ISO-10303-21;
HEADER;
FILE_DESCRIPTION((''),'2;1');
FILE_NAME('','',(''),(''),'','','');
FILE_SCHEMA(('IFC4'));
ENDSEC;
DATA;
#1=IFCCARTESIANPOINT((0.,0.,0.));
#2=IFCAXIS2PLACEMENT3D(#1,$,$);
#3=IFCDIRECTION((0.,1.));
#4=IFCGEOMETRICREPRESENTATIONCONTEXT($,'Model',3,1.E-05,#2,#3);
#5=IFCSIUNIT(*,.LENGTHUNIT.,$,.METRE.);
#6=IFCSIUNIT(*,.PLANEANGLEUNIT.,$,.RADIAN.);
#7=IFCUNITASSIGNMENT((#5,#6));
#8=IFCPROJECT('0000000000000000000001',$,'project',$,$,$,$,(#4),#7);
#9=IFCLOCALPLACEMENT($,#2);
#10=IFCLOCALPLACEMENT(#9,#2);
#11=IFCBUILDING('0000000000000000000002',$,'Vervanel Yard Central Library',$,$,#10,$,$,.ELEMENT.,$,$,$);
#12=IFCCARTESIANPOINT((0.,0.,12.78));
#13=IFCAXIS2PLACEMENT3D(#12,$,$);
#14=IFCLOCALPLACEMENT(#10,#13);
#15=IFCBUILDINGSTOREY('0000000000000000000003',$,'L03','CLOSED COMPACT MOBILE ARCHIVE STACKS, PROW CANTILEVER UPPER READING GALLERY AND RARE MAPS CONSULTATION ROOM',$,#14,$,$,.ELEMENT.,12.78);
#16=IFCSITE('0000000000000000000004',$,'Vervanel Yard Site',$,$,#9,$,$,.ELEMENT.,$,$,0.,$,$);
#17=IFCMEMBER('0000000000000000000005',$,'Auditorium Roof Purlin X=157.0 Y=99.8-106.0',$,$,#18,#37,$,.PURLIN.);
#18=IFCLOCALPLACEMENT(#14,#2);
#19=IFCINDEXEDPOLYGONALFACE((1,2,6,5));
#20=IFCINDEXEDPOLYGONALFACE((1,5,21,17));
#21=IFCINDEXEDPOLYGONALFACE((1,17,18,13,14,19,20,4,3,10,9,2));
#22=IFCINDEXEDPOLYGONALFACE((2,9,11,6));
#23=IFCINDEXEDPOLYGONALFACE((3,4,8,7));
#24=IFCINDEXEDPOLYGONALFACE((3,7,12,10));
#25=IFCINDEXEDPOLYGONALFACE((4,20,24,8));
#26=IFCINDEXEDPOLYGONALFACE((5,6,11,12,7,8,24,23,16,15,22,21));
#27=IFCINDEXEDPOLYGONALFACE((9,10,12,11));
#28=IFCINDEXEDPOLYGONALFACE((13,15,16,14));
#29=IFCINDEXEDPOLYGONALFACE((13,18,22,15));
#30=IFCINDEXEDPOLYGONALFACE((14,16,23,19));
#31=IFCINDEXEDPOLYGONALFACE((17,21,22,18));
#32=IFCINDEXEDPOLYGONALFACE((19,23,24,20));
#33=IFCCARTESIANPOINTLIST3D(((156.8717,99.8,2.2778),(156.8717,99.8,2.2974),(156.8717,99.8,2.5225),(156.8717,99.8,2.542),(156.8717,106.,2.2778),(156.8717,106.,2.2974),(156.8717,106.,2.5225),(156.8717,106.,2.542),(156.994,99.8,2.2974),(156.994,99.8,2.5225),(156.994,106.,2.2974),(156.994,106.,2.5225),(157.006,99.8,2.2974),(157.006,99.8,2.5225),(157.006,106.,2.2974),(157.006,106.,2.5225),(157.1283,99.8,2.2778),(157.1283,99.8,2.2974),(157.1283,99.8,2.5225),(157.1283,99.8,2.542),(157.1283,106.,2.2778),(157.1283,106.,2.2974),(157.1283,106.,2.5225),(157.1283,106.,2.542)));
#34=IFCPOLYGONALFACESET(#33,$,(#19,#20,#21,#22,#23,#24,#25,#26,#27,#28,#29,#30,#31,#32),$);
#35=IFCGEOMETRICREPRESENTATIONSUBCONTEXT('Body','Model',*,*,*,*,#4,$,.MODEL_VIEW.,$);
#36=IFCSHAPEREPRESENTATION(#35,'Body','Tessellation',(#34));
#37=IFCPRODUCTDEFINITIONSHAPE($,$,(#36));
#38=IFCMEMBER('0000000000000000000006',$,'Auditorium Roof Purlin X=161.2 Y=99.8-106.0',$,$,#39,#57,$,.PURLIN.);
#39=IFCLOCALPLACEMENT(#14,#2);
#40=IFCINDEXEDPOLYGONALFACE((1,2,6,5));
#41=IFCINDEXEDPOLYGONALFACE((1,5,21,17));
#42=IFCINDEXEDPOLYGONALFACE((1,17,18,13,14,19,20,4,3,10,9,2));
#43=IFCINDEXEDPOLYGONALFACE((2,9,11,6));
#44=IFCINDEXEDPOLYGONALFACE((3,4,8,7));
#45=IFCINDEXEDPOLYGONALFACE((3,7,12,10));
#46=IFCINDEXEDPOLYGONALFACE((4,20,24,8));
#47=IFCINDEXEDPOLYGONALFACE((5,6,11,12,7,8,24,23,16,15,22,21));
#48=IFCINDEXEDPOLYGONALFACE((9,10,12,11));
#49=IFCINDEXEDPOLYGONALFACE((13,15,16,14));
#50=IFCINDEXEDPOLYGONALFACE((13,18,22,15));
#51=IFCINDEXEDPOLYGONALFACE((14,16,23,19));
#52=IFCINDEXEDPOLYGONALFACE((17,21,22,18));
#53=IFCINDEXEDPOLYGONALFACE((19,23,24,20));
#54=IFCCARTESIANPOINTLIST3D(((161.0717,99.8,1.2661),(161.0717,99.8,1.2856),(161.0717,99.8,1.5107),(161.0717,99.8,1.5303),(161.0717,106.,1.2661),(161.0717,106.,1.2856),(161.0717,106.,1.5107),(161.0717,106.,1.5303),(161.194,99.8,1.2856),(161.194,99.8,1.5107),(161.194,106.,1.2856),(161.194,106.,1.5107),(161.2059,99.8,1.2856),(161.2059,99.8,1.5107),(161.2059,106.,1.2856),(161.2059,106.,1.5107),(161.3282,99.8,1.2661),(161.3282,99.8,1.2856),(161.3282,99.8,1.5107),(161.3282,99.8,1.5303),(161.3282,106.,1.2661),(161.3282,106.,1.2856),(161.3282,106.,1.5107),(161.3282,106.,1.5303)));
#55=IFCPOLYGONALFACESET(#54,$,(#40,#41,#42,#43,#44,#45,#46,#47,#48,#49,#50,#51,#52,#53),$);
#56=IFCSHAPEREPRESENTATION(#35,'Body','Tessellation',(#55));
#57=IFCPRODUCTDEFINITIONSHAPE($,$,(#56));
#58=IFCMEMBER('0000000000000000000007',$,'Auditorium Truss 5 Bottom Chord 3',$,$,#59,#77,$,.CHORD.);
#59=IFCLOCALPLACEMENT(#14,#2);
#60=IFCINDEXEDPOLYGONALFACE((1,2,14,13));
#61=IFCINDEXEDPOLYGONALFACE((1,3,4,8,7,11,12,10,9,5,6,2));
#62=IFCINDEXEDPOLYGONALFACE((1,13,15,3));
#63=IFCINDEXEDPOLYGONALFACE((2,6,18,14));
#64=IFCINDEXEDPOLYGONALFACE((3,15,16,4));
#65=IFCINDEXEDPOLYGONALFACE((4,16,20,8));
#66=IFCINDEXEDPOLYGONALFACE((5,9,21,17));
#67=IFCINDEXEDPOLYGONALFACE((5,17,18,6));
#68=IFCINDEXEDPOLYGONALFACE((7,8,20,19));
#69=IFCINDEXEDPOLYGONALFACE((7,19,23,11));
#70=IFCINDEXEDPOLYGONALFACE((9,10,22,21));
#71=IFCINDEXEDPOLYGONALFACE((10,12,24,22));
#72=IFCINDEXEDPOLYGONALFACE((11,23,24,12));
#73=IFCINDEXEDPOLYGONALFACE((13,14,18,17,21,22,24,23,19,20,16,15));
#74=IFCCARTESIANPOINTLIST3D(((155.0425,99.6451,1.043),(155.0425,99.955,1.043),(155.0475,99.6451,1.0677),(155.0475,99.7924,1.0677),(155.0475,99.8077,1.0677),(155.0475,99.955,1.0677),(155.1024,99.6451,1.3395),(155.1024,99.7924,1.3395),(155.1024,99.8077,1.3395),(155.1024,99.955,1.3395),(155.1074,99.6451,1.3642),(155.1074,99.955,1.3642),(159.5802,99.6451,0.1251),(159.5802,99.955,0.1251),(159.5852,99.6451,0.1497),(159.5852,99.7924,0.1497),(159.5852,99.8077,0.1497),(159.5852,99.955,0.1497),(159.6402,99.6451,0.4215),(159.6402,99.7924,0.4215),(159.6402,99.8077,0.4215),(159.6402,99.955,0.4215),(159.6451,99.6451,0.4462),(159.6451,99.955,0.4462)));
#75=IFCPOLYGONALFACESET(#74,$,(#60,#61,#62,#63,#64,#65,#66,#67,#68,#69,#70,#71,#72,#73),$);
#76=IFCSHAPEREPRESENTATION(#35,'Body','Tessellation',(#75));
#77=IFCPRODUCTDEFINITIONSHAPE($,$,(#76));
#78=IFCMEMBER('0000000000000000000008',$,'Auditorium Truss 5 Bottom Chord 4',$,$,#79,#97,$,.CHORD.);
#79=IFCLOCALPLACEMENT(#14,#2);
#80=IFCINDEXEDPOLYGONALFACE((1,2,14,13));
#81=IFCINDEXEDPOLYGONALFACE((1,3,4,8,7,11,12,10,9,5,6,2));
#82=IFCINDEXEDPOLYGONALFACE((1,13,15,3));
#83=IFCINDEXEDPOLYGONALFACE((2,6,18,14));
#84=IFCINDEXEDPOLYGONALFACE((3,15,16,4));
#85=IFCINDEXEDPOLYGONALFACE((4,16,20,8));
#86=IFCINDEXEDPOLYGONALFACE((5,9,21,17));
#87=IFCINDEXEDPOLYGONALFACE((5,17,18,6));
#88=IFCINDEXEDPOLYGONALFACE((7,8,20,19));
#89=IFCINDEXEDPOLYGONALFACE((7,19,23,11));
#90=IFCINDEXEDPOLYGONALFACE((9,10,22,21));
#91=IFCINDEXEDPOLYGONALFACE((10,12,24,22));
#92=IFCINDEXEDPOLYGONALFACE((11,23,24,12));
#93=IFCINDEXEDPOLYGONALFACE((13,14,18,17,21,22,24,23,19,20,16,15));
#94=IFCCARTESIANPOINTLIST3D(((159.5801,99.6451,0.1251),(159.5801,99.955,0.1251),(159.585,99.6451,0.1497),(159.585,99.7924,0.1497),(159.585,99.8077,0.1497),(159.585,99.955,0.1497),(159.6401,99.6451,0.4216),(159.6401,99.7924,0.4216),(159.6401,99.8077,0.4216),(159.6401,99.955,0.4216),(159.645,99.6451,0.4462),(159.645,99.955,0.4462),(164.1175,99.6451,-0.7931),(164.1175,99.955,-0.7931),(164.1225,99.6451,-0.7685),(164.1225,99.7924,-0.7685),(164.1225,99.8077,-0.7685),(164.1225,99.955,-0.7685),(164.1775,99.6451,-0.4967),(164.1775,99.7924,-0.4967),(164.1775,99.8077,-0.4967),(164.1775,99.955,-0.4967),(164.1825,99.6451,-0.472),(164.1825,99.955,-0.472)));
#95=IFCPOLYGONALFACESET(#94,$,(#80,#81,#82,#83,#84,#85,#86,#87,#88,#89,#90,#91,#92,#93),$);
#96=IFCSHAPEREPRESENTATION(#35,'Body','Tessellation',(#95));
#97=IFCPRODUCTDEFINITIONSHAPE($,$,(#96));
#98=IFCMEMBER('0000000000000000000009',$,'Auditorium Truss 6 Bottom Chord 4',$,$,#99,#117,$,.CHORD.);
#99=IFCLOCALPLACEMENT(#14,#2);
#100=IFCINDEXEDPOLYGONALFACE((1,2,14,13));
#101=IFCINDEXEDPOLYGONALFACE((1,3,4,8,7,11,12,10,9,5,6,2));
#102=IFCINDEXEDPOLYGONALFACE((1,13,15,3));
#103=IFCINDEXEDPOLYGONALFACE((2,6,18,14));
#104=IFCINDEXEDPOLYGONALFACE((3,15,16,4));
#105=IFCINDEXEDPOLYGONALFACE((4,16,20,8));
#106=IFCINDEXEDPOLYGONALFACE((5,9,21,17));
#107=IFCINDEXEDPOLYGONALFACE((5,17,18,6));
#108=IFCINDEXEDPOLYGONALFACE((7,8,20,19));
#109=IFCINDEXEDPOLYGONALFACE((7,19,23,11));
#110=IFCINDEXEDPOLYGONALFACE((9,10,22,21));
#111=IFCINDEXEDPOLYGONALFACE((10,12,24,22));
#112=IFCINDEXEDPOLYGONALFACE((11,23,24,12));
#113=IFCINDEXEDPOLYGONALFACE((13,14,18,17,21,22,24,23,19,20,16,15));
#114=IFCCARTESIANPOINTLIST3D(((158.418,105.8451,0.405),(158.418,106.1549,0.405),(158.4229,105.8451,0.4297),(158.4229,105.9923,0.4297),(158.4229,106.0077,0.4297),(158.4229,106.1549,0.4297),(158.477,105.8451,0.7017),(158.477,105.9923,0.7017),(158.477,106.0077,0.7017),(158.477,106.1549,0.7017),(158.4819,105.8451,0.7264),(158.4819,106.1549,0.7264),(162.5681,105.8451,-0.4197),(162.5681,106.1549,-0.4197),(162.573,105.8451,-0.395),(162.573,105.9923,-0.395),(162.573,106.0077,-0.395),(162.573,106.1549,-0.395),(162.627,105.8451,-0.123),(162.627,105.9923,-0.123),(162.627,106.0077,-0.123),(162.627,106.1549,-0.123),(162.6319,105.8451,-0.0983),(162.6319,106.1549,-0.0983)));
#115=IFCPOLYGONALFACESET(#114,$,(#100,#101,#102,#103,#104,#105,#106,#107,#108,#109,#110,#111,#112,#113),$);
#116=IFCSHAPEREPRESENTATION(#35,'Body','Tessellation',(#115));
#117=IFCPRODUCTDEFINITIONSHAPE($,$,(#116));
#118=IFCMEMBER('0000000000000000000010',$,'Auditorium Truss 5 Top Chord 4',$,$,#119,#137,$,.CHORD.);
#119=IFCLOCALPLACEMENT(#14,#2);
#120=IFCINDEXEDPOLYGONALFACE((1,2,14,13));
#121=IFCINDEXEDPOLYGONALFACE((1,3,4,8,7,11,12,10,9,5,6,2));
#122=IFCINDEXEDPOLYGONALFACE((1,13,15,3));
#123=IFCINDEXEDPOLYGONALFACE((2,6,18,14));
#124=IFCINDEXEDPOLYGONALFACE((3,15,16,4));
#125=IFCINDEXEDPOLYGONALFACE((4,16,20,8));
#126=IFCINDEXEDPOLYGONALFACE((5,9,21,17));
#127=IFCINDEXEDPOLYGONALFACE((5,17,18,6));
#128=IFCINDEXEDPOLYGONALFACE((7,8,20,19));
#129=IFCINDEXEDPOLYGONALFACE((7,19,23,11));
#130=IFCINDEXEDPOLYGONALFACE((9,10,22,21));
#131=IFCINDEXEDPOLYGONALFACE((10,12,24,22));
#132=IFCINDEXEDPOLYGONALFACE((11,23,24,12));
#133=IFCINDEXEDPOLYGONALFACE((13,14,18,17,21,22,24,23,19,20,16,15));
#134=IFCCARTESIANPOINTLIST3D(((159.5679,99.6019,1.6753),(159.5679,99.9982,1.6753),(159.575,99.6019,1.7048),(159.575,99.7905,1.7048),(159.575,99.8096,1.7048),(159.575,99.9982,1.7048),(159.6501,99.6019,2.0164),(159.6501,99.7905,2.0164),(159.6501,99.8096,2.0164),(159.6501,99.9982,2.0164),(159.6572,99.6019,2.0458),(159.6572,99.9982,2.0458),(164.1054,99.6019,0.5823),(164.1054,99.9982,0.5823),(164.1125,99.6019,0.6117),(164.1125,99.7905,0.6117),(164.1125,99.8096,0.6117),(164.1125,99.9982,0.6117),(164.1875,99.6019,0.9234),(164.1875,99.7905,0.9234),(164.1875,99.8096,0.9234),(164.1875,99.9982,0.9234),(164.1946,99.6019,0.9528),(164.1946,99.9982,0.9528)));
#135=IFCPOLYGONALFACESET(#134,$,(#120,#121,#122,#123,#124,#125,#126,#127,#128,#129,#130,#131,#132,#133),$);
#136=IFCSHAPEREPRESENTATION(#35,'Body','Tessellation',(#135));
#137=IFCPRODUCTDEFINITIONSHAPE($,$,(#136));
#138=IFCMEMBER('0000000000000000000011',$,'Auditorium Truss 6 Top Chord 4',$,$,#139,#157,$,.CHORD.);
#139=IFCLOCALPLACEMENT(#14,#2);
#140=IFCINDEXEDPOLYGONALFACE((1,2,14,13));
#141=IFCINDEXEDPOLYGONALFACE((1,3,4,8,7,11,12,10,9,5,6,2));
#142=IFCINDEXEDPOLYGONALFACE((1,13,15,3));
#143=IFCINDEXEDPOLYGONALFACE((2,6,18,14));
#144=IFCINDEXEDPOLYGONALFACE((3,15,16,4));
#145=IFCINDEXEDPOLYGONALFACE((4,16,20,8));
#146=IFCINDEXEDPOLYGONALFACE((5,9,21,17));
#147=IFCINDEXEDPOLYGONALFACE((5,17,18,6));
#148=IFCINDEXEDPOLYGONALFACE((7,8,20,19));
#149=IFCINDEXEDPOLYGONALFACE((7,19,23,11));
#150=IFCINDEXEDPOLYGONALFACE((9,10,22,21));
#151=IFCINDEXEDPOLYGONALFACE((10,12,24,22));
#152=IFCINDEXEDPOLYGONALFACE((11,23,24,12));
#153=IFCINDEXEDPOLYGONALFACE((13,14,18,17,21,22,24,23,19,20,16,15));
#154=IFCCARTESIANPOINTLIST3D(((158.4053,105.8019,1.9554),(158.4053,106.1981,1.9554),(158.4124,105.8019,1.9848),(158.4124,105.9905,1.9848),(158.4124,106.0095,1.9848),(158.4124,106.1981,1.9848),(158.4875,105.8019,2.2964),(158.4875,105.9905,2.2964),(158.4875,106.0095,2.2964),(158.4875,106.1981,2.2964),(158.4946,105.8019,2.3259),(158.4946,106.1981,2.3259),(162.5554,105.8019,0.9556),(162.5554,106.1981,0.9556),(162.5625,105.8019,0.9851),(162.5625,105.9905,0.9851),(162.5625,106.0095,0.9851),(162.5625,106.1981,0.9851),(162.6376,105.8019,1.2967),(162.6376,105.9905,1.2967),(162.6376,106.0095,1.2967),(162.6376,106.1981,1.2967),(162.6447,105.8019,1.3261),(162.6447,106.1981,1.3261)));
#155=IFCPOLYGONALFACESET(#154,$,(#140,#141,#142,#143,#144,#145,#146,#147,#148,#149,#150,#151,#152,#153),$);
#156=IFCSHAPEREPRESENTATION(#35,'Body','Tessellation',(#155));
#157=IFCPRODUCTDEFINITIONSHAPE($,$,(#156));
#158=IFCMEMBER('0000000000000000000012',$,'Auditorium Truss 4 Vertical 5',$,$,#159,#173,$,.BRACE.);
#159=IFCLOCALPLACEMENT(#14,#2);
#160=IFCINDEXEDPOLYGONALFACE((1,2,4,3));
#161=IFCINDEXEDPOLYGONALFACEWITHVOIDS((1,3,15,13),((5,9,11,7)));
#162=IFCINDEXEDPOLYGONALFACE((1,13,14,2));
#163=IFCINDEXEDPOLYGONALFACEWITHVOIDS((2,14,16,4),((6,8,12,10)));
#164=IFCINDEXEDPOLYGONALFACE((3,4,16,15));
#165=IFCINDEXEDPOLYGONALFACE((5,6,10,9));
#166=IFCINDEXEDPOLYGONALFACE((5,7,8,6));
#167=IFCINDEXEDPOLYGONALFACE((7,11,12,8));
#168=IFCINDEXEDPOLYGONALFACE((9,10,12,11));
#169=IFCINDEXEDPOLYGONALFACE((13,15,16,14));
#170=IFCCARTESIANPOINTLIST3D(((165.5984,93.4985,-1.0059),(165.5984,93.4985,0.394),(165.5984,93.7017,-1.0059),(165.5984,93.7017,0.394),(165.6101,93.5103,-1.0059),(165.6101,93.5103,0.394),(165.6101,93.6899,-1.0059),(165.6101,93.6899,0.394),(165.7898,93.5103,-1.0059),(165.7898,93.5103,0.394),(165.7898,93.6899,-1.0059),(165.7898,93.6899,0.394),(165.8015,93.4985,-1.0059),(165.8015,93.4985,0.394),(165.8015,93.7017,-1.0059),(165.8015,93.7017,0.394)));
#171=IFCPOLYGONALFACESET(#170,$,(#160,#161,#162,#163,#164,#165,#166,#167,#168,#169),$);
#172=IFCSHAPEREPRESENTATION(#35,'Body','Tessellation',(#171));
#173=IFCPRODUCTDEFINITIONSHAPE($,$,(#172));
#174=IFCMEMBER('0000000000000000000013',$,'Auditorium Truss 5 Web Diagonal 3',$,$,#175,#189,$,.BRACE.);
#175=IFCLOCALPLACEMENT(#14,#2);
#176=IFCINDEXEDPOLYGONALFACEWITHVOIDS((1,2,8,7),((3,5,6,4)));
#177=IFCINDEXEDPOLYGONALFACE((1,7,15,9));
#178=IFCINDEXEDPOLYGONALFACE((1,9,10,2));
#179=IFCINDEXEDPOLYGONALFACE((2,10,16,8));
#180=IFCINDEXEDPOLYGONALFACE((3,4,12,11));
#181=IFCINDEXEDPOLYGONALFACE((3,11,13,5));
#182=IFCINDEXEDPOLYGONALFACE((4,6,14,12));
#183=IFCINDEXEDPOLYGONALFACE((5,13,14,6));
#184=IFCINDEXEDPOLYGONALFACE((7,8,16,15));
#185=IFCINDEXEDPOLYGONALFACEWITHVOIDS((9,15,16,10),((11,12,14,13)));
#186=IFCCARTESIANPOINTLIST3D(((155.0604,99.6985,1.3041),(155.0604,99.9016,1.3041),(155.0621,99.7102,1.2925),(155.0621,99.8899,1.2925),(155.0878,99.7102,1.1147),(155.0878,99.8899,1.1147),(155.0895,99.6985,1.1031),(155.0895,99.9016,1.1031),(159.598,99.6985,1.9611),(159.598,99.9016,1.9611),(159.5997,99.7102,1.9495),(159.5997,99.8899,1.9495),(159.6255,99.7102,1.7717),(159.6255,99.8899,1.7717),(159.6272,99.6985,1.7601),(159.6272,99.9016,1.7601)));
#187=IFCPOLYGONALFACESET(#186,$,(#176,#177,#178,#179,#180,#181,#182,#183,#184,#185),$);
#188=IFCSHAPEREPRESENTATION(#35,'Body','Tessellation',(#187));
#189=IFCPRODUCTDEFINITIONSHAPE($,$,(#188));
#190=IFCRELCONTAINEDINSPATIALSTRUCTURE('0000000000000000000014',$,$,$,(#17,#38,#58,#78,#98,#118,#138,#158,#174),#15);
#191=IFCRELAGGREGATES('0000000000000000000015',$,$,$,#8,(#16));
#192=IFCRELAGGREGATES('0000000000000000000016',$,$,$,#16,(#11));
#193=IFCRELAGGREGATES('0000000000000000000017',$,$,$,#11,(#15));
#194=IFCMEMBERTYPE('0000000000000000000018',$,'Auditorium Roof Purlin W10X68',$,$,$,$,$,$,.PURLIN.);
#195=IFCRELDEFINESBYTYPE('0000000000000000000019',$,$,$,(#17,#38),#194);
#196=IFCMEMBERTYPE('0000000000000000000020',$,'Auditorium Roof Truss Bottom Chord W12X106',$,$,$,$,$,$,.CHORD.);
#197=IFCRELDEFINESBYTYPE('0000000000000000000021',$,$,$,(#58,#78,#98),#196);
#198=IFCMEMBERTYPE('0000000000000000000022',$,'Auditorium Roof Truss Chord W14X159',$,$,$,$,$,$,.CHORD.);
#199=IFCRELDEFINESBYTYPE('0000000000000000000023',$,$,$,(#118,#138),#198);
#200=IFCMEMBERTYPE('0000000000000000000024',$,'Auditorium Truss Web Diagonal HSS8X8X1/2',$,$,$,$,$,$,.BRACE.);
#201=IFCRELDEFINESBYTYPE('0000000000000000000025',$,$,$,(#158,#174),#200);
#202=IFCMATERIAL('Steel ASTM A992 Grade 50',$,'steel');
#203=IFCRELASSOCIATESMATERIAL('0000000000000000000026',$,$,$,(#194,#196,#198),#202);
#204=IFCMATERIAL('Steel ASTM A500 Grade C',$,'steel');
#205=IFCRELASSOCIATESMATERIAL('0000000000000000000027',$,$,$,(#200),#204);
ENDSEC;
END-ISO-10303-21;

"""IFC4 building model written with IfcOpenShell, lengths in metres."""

from ifc_helpers import new_model, si_unit, direction, frame, origin, origin_2d, place, context, subcontext, project, spatial, hollow_rectangle, i_section, extrude, material, material_profile, profile_set, type_object, element, save


model = new_model("IFC4")

# Units and contexts
model_context = context("Model", 3, precision=1e-05, world=origin(), true_north=direction((0.0, 1.0)))
body_context = subcontext(model_context, "Body", "Model", "MODEL_VIEW")
ifc_project = project(units=[si_unit("LENGTHUNIT", "METRE"), si_unit("PLANEANGLEUNIT", "RADIAN")], contexts=[model_context])

# Site, building, storey
site_placement = place(None, origin())
site = spatial("IfcSite", under=ifc_project, at=site_placement, Name="Vervanel Yard Site", CompositionType="ELEMENT", RefElevation=0.0)
building_placement = place(site_placement, origin())
building = spatial("IfcBuilding", under=site, at=building_placement, Name="Vervanel Yard Central Library", CompositionType="ELEMENT")
storey_placement = place(building_placement, frame((0.0, 0.0, 12.78)))
storey = spatial("IfcBuildingStorey", under=building, at=storey_placement, Name="L03", Description="CLOSED COMPACT MOBILE ARCHIVE STACKS, PROW CANTILEVER UPPER READING GALLERY AND RARE MAPS CONSULTATION ROOM", CompositionType="ELEMENT", Elevation=12.78)

# Members
ifc_material_1 = material(Name="Steel ASTM A992 Grade 50", Category="steel")
ifc_material_profile_1 = material_profile(ifc_material_1, i_section(OverallWidth=0.2566, OverallDepth=0.2642, WebThickness=0.012, FlangeThickness=0.0195, at=origin_2d()), Name="W10X68", Category="steel")
ifc_profile_set_1 = profile_set([ifc_material_profile_1], Name="Steel ASTM A992 Grade 50")
member_type_1 = type_object("IfcMemberType", Name="Auditorium Roof Purlin W10X68", PredefinedType="PURLIN", material=ifc_profile_set_1)
for number, where, z_axis, x_axis, name in (
    (1, (157.0, 99.8, 2.4099), (0.0, 1.0, 0.0), (-1.0, 0.0, 0.0), "Auditorium Roof Purlin X=157.0 Y=99.8-106.0"),
    (2, (161.2, 99.8, 1.3982), (0.0, 1.0, 0.0), (-1.0, 0.0, 0.0), "Auditorium Roof Purlin X=161.2 Y=99.8-106.0"),
):
    element("IfcMember", number, at=place(storey_placement, frame(where, z_axis=z_axis, x_axis=x_axis)), inside=storey, type_object=member_type_1, Name=name, PredefinedType="PURLIN", context=body_context, shape_type="SweptSolid", body=[
        extrude(i_section(OverallWidth=0.2566, OverallDepth=0.2642, WebThickness=0.012, FlangeThickness=0.0195, at=origin_2d()), origin(), (0.0, 0.0, 1.0), 6.2),
    ])
ifc_material_profile_2 = material_profile(ifc_material_1, i_section(OverallWidth=0.3098, OverallDepth=0.3276, WebThickness=0.0154, FlangeThickness=0.0251, at=origin_2d()), Name="W12X106", Category="steel")
ifc_profile_set_2 = profile_set([ifc_material_profile_2], Name="Steel ASTM A992 Grade 50")
member_type_2 = type_object("IfcMemberType", Name="Auditorium Roof Truss Bottom Chord W12X106", PredefinedType="CHORD", material=ifc_profile_set_2)
member_1_placement = place(storey_placement, frame((155.075, 99.8, 1.2036), z_axis=(0.980144, 0.0, -0.198286), x_axis=(0.0, 1.0, 0.0)))
element("IfcMember", 3, at=member_1_placement, inside=storey, type_object=member_type_2, Name="Auditorium Truss 5 Bottom Chord 3", PredefinedType="CHORD", context=body_context, shape_type="SweptSolid", body=[
    extrude(i_section(OverallWidth=0.3098, OverallDepth=0.3276, WebThickness=0.0154, FlangeThickness=0.0251, at=origin_2d()), origin(), (0.0, 0.0, 1.0), 4.6296),
])
member_2_placement = place(storey_placement, frame((159.6125, 99.8, 0.2856), z_axis=(0.980132, 0.0, -0.198347), x_axis=(0.0, 1.0, 0.0)))
element("IfcMember", 4, at=member_2_placement, inside=storey, type_object=member_type_2, Name="Auditorium Truss 5 Bottom Chord 4", PredefinedType="CHORD", context=body_context, shape_type="SweptSolid", body=[
    extrude(i_section(OverallWidth=0.3098, OverallDepth=0.3276, WebThickness=0.0154, FlangeThickness=0.0251, at=origin_2d()), origin(), (0.0, 0.0, 1.0), 4.6294),
])
member_3_placement = place(storey_placement, frame((158.45, 106.0, 0.5657), z_axis=(0.980822, 0.0, -0.194907), x_axis=(0.0, 1.0, 0.0)))
element("IfcMember", 5, at=member_3_placement, inside=storey, type_object=member_type_2, Name="Auditorium Truss 6 Bottom Chord 4", PredefinedType="CHORD", context=body_context, shape_type="SweptSolid", body=[
    extrude(i_section(OverallWidth=0.3098, OverallDepth=0.3276, WebThickness=0.0154, FlangeThickness=0.0251, at=origin_2d()), origin(), (0.0, 0.0, 1.0), 4.2312),
])
ifc_material_profile_3 = material_profile(ifc_material_1, i_section(OverallWidth=0.3962, OverallDepth=0.3811, WebThickness=0.019, FlangeThickness=0.0303, at=origin_2d()), Name="W14X159", Category="steel")
ifc_profile_set_3 = profile_set([ifc_material_profile_3], Name="Steel ASTM A992 Grade 50")
member_type_3 = type_object("IfcMemberType", Name="Auditorium Roof Truss Chord W14X159", PredefinedType="CHORD", material=ifc_profile_set_3)
member_4_placement = place(storey_placement, frame((159.6125, 99.8, 1.8606), z_axis=(0.97219, 0.0, -0.234194), x_axis=(0.0, 1.0, 0.0)))
element("IfcMember", 6, at=member_4_placement, inside=storey, type_object=member_type_3, Name="Auditorium Truss 5 Top Chord 4", PredefinedType="CHORD", context=body_context, shape_type="SweptSolid", body=[
    extrude(i_section(OverallWidth=0.3962, OverallDepth=0.3811, WebThickness=0.019, FlangeThickness=0.0303, at=origin_2d()), origin(), (0.0, 0.0, 1.0), 4.6672),
])
member_5_placement = place(storey_placement, frame((158.45, 106.0, 2.1406), z_axis=(0.972189, 0.0, -0.234197), x_axis=(0.0, 1.0, 0.0)))
element("IfcMember", 7, at=member_5_placement, inside=storey, type_object=member_type_3, Name="Auditorium Truss 6 Top Chord 4", PredefinedType="CHORD", context=body_context, shape_type="SweptSolid", body=[
    extrude(i_section(OverallWidth=0.3962, OverallDepth=0.3811, WebThickness=0.019, FlangeThickness=0.0303, at=origin_2d()), origin(), (0.0, 0.0, 1.0), 4.2688),
])
ifc_material_2 = material(Name="Steel ASTM A500 Grade C", Category="steel")
ifc_material_profile_4 = material_profile(ifc_material_2, hollow_rectangle(XDim=0.2031, YDim=0.2031, WallThickness=0.0117, at=origin_2d()), Name="HSS8X8X1/2", Category="steel")
ifc_profile_set_4 = profile_set([ifc_material_profile_4], Name="Steel ASTM A500 Grade C")
member_type_4 = type_object("IfcMemberType", Name="Auditorium Truss Web Diagonal HSS8X8X1/2", PredefinedType="BRACE", material=ifc_profile_set_4)
member_6_placement = place(storey_placement, frame((165.7, 93.6001, -1.0059), z_axis=(0.0, 0.0, 1.0), x_axis=(1.0, 0.0, 0.0)))
element("IfcMember", 8, at=member_6_placement, inside=storey, type_object=member_type_4, Name="Auditorium Truss 4 Vertical 5", PredefinedType="BRACE", context=body_context, shape_type="SweptSolid", body=[
    extrude(hollow_rectangle(XDim=0.2031, YDim=0.2031, WallThickness=0.0117, at=origin_2d()), origin(), (0.0, 0.0, 1.0), 1.3999),
])
member_7_placement = place(storey_placement, frame((155.075, 99.8, 1.2036), z_axis=(0.98968, 0.0, 0.143292), x_axis=(0.0, 1.0, 0.0)))
element("IfcMember", 9, at=member_7_placement, inside=storey, type_object=member_type_4, Name="Auditorium Truss 5 Web Diagonal 3", PredefinedType="BRACE", context=body_context, shape_type="SweptSolid", body=[
    extrude(hollow_rectangle(XDim=0.2031, YDim=0.2031, WallThickness=0.0117, at=origin_2d()), origin(), (0.0, 0.0, 1.0), 4.585),
])

save(model, "model.ifc")
